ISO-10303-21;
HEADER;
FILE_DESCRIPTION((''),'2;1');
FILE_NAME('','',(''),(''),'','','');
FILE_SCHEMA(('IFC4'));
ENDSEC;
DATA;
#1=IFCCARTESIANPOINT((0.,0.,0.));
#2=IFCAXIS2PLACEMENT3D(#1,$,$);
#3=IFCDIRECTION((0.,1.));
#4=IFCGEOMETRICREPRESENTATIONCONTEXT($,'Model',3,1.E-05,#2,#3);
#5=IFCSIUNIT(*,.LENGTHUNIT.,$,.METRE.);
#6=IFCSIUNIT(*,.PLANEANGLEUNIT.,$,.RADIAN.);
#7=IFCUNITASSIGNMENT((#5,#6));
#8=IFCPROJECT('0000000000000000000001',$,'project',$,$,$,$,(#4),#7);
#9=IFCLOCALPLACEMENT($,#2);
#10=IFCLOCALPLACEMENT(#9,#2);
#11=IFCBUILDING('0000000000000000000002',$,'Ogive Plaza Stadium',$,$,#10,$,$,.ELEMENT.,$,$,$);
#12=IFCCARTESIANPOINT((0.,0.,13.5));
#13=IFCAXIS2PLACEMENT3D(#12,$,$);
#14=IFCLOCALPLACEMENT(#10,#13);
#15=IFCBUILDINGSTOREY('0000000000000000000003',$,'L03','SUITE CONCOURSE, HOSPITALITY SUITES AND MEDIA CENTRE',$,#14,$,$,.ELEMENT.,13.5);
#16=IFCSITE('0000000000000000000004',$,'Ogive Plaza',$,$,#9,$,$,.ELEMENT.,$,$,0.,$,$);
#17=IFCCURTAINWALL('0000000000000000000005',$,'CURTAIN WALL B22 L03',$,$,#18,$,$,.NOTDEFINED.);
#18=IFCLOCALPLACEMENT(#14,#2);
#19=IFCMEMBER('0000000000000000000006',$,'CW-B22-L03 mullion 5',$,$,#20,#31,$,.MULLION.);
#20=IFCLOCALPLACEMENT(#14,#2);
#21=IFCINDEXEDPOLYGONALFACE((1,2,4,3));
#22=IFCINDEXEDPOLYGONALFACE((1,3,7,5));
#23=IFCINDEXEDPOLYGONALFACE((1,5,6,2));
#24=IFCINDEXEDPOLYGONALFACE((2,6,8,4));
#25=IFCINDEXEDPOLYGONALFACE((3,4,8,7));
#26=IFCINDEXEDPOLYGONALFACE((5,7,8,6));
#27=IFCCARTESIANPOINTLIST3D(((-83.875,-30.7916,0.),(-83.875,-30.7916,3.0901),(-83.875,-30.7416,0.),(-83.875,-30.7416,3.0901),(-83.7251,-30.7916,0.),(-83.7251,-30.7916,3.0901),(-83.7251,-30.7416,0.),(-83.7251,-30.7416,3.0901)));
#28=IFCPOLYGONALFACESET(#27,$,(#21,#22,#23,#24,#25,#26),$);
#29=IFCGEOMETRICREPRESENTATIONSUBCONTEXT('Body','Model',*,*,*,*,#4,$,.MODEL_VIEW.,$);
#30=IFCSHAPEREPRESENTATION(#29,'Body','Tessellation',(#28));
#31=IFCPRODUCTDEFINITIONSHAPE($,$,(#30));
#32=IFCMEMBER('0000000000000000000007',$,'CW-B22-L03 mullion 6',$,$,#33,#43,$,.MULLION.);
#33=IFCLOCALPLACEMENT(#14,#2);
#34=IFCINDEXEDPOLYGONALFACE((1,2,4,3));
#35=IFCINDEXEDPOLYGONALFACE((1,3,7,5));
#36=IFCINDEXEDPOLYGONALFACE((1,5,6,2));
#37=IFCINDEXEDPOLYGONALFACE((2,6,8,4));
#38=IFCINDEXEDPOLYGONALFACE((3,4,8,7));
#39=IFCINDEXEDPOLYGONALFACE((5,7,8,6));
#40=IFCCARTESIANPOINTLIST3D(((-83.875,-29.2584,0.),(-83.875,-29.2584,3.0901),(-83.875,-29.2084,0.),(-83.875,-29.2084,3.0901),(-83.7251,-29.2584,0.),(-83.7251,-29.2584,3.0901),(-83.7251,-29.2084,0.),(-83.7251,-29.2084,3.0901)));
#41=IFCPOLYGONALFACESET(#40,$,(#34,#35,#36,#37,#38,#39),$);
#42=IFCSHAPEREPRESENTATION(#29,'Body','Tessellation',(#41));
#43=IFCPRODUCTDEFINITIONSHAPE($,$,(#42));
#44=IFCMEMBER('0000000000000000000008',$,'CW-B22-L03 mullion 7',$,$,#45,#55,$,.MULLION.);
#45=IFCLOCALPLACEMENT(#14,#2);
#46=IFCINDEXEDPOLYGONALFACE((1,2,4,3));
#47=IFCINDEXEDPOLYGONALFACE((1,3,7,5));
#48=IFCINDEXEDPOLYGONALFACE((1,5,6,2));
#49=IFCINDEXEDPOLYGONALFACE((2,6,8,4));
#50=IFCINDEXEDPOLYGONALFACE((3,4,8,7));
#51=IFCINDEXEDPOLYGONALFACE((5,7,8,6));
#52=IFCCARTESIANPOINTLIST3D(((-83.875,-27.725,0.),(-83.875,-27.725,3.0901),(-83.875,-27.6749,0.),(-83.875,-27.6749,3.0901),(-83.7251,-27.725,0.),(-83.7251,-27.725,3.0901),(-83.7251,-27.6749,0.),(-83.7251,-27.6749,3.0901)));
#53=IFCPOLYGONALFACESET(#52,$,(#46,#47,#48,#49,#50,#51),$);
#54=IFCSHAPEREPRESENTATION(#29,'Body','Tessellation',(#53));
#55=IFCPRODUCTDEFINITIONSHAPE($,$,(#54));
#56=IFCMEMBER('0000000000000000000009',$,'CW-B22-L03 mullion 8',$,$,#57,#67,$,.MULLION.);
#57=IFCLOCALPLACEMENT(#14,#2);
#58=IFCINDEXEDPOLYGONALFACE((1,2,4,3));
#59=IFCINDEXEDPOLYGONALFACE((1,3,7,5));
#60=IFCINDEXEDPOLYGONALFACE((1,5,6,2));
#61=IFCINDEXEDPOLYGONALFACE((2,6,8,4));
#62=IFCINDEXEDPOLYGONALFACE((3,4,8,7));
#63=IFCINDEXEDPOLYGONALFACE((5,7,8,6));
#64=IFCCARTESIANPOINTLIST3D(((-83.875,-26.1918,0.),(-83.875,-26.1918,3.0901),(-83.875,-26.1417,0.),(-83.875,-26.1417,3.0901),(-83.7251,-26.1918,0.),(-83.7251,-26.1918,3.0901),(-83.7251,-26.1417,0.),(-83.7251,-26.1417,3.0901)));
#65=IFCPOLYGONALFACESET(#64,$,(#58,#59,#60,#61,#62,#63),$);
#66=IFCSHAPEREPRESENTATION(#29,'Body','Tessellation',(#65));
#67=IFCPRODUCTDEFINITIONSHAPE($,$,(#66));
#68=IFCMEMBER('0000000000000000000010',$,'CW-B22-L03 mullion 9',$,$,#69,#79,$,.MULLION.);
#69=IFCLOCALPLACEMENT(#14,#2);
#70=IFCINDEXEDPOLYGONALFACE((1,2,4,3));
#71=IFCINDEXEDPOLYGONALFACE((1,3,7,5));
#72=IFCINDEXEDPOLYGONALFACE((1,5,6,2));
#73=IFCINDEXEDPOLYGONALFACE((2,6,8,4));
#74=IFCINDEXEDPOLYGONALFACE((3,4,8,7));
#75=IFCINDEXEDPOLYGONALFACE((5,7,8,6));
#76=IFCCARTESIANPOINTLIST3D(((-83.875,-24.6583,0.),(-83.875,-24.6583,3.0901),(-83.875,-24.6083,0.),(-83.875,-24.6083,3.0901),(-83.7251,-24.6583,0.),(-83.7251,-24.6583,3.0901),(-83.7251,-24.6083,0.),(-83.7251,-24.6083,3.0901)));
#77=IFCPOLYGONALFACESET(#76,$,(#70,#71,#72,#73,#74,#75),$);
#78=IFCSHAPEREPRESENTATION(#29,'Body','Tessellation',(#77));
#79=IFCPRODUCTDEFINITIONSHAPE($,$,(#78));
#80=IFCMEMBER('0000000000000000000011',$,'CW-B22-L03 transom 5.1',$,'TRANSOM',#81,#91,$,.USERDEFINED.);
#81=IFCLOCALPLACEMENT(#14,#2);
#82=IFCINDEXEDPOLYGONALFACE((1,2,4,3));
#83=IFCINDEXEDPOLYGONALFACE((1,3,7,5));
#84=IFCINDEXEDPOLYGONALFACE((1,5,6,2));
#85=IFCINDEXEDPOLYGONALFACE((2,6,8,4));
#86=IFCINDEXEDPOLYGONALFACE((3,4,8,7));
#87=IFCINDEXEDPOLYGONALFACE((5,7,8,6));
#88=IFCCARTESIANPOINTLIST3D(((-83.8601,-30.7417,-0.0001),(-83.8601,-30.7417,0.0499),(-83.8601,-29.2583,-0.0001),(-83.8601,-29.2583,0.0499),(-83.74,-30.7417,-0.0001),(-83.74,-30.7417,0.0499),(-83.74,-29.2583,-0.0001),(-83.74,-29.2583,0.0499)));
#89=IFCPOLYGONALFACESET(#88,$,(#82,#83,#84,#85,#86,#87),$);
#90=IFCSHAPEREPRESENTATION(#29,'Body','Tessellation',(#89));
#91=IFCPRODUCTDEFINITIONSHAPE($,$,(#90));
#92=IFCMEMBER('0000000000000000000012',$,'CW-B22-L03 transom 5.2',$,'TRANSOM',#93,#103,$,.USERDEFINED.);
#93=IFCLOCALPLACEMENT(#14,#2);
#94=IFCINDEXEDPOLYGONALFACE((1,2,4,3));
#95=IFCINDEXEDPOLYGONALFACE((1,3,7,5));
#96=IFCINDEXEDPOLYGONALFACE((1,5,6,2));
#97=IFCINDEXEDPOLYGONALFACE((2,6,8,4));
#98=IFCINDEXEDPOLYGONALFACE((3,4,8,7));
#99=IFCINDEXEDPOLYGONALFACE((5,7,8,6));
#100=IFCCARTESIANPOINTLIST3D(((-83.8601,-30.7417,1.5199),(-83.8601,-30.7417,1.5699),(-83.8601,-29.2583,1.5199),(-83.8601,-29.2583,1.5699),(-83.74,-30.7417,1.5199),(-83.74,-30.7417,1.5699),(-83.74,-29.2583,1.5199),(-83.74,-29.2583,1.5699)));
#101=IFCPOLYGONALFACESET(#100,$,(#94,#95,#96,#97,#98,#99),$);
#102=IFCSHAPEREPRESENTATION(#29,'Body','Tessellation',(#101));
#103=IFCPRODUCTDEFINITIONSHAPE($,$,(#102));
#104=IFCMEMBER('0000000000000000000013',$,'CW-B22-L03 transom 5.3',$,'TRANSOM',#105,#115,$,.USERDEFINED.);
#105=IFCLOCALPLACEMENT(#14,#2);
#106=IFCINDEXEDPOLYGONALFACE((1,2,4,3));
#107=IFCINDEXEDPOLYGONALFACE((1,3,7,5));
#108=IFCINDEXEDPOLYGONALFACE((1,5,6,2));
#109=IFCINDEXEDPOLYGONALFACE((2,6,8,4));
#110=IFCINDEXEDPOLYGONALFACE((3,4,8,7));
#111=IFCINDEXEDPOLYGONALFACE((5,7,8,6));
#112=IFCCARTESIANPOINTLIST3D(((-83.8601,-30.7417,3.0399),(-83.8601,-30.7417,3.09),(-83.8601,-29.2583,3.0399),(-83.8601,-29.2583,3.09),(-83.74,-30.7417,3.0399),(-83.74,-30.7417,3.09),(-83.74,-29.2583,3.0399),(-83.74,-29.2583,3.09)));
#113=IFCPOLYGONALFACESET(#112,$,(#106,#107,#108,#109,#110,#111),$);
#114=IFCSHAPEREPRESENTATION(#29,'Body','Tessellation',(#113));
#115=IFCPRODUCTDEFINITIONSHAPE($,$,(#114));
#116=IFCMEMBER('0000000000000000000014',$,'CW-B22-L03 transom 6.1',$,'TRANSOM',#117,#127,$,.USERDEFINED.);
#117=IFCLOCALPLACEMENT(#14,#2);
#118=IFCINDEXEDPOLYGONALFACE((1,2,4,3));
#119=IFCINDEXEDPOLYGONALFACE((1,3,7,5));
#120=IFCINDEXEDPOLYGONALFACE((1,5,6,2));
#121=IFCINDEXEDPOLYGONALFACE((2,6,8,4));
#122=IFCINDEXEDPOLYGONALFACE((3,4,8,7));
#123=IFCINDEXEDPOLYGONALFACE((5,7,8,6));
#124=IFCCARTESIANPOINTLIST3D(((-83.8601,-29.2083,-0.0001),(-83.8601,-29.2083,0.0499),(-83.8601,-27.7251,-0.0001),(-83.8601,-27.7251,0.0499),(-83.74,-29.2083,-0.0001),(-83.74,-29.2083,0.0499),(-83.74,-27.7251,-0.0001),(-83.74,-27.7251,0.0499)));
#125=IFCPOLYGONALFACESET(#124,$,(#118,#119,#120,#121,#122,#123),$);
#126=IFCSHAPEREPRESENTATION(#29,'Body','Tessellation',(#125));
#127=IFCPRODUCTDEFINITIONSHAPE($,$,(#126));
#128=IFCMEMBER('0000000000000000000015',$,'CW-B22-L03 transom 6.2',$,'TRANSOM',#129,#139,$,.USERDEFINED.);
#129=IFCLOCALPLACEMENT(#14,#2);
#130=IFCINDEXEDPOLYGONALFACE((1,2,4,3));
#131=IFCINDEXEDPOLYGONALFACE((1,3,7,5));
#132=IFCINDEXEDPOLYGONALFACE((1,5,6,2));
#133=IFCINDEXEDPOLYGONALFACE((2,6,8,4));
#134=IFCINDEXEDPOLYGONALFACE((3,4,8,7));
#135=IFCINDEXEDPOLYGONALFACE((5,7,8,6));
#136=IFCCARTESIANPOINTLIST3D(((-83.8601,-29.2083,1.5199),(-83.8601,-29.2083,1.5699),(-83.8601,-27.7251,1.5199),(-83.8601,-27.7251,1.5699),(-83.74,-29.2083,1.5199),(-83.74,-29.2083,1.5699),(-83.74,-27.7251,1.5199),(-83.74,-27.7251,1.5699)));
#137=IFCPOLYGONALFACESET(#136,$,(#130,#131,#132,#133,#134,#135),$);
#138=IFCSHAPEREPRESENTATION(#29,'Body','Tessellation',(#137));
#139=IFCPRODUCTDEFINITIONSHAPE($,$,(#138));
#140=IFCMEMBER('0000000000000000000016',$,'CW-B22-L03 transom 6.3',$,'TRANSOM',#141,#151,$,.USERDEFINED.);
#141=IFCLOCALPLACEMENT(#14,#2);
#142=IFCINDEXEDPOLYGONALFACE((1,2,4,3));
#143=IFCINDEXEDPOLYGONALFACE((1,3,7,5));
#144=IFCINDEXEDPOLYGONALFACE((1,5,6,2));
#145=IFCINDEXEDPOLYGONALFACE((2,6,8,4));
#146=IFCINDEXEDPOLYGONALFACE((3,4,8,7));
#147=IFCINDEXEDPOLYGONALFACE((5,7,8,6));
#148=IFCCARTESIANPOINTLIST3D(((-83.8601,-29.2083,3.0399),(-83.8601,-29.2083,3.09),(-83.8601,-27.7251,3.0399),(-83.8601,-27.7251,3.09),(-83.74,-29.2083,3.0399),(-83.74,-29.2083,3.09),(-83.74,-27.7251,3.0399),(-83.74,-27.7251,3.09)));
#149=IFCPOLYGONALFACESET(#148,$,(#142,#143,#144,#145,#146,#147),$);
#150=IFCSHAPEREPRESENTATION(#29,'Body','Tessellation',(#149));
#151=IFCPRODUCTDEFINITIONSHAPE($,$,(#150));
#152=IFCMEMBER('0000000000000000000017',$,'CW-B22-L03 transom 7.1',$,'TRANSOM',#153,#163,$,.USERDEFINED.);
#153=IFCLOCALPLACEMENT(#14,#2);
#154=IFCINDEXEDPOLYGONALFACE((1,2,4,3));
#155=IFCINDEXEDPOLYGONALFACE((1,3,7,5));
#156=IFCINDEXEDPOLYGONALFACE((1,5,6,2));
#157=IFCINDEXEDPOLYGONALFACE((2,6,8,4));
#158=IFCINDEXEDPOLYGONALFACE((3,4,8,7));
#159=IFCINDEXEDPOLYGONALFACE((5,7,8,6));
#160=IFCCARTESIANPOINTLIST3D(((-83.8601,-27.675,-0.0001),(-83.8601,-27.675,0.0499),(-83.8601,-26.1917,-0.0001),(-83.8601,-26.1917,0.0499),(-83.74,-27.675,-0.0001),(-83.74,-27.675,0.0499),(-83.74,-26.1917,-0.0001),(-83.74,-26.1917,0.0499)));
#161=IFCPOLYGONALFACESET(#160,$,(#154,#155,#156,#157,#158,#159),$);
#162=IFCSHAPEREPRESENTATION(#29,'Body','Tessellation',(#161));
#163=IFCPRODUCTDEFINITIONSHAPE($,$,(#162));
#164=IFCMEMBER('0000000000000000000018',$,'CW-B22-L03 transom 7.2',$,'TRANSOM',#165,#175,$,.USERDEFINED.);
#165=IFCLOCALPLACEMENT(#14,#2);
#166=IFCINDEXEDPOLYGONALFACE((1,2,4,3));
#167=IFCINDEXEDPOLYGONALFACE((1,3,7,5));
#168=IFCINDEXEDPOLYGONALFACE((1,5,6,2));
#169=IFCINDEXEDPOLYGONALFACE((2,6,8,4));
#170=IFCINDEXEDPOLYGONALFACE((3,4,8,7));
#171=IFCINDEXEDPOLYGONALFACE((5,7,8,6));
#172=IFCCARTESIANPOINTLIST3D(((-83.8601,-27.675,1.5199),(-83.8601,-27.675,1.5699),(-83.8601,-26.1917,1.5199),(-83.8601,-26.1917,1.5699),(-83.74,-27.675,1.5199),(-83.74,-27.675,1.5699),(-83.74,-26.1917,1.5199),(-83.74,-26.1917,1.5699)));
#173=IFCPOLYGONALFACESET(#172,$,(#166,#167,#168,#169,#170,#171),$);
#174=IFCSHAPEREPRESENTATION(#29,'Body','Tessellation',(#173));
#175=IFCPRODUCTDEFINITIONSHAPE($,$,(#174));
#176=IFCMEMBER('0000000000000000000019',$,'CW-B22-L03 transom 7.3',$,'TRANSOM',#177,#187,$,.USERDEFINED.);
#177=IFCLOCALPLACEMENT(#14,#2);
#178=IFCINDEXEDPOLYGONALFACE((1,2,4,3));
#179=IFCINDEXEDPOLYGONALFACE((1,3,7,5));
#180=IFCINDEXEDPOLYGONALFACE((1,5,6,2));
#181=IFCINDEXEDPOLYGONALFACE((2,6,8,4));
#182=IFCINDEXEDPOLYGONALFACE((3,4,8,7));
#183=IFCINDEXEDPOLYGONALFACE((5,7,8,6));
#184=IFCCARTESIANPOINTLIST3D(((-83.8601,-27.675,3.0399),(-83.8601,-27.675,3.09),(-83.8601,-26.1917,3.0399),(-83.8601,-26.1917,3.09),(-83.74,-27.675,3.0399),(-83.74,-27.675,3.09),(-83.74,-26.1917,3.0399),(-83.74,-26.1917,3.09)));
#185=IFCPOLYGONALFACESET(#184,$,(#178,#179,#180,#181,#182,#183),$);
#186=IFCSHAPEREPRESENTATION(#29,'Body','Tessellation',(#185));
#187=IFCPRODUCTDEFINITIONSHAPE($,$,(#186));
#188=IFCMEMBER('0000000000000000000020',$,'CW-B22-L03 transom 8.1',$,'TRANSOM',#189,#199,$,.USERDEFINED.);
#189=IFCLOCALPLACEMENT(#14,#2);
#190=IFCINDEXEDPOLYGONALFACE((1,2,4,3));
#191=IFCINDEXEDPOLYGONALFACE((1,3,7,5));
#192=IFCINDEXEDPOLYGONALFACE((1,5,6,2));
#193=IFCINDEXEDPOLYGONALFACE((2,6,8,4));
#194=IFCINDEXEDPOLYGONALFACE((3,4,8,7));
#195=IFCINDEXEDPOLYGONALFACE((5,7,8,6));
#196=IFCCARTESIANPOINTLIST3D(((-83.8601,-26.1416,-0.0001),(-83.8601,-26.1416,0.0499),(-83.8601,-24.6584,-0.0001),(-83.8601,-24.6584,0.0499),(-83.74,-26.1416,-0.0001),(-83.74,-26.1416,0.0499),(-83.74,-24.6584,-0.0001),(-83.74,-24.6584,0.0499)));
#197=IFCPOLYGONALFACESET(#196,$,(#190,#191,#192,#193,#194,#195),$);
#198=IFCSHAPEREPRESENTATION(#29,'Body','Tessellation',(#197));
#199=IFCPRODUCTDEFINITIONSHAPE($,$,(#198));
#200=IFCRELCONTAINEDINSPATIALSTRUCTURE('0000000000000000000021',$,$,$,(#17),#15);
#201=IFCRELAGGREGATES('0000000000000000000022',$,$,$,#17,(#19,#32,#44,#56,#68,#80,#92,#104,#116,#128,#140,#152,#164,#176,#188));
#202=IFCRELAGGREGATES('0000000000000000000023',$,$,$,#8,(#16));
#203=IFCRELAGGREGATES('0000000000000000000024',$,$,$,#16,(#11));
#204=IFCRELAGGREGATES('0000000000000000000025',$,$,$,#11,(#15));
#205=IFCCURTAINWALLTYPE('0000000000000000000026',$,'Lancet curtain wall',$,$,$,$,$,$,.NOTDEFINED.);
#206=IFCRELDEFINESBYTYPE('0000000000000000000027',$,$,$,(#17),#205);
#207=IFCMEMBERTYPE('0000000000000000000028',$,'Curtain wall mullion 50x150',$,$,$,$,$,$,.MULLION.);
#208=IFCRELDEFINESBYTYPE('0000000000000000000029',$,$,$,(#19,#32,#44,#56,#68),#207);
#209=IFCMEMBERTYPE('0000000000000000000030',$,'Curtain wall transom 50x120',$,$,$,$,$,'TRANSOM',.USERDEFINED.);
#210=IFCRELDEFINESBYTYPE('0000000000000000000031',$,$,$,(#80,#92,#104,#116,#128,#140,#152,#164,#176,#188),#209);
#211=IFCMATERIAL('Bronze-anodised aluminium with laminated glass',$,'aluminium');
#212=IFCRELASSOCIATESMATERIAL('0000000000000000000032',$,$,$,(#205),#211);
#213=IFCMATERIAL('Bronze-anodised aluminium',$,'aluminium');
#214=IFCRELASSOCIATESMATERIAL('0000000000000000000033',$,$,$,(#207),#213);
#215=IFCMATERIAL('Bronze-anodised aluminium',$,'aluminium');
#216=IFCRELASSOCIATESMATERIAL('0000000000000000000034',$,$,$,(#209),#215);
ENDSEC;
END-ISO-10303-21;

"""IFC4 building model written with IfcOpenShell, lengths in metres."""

from ifc_helpers import new_model, si_unit, direction, frame, origin, origin_2d, place, context, subcontext, project, spatial, rectangle, extrude, material, material_profile, profile_set, type_object, element, aggregate, save


model = new_model("IFC4")

# Units and contexts
model_context = context("Model", 3, precision=1e-05, world=origin(), true_north=direction((0.0, 1.0)))
body_context = subcontext(model_context, "Body", "Model", "MODEL_VIEW")
ifc_project = project(units=[si_unit("LENGTHUNIT", "METRE"), si_unit("PLANEANGLEUNIT", "RADIAN")], contexts=[model_context])

# Site, building, storey
site_placement = place(None, origin())
site = spatial("IfcSite", under=ifc_project, at=site_placement, Name="Ogive Plaza", CompositionType="ELEMENT", RefElevation=0.0)
building_placement = place(site_placement, origin())
building = spatial("IfcBuilding", under=site, at=building_placement, Name="Ogive Plaza Stadium", CompositionType="ELEMENT")
storey_placement = place(building_placement, frame((0.0, 0.0, 13.5)))
storey = spatial("IfcBuildingStorey", under=building, at=storey_placement, Name="L03", Description="SUITE CONCOURSE, HOSPITALITY SUITES AND MEDIA CENTRE", CompositionType="ELEMENT", Elevation=13.5)

# Curtain wall, members
ifc_material_1 = material(Name="Bronze-anodised aluminium with laminated glass", Category="aluminium")
curtain_wall_type = type_object("IfcCurtainWallType", Name="Lancet curtain wall", PredefinedType="NOTDEFINED", material=ifc_material_1)
curtain_wall_placement = place(storey_placement, origin())
curtain_wall = element("IfcCurtainWall", 1, at=curtain_wall_placement, inside=storey, type_object=curtain_wall_type, Name="CURTAIN WALL B22 L03", PredefinedType="NOTDEFINED")
ifc_material_2 = material(Name="Bronze-anodised aluminium", Category="aluminium")
ifc_material_profile_1 = material_profile(ifc_material_2, rectangle(XDim=0.1499, YDim=0.05, at=origin_2d()), Name="AL 150x50")
ifc_profile_set_1 = profile_set([ifc_material_profile_1], Name="Bronze-anodised aluminium")
member_type_1 = type_object("IfcMemberType", Name="Curtain wall mullion 50x150", PredefinedType="MULLION", material=ifc_profile_set_1)
member_1_placement = place(storey_placement, frame((-83.8, -30.7666, 0.0), z_axis=(0.0, 0.0, 1.0), x_axis=(-1.0, 0.0, 0.0)))
member_1 = element("IfcMember", 2, at=member_1_placement, type_object=member_type_1, Name="CW-B22-L03 mullion 5", PredefinedType="MULLION", context=body_context, shape_type="SweptSolid", body=[
    extrude(rectangle(XDim=0.1499, YDim=0.05, at=origin_2d()), origin(), (0.0, 0.0, 1.0), 3.0901),
])
member_2_placement = place(storey_placement, frame((-83.8, -29.2334, 0.0), z_axis=(0.0, 0.0, 1.0), x_axis=(-1.0, 0.0, 0.0)))
member_2 = element("IfcMember", 3, at=member_2_placement, type_object=member_type_1, Name="CW-B22-L03 mullion 6", PredefinedType="MULLION", context=body_context, shape_type="SweptSolid", body=[
    extrude(rectangle(XDim=0.1499, YDim=0.05, at=origin_2d()), origin(), (0.0, 0.0, 1.0), 3.0901),
])
member_3_placement = place(storey_placement, frame((-83.8, -27.7, 0.0), z_axis=(0.0, 0.0, 1.0), x_axis=(-1.0, 0.0, 0.0)))
member_3 = element("IfcMember", 4, at=member_3_placement, type_object=member_type_1, Name="CW-B22-L03 mullion 7", PredefinedType="MULLION", context=body_context, shape_type="SweptSolid", body=[
    extrude(rectangle(XDim=0.1499, YDim=0.05, at=origin_2d()), origin(), (0.0, 0.0, 1.0), 3.0901),
])
member_4_placement = place(storey_placement, frame((-83.8, -26.1667, 0.0), z_axis=(0.0, 0.0, 1.0), x_axis=(-1.0, 0.0, 0.0)))
member_4 = element("IfcMember", 5, at=member_4_placement, type_object=member_type_1, Name="CW-B22-L03 mullion 8", PredefinedType="MULLION", context=body_context, shape_type="SweptSolid", body=[
    extrude(rectangle(XDim=0.1499, YDim=0.05, at=origin_2d()), origin(), (0.0, 0.0, 1.0), 3.0901),
])
member_5_placement = place(storey_placement, frame((-83.8, -24.6333, 0.0), z_axis=(0.0, 0.0, 1.0), x_axis=(-1.0, 0.0, 0.0)))
member_5 = element("IfcMember", 6, at=member_5_placement, type_object=member_type_1, Name="CW-B22-L03 mullion 9", PredefinedType="MULLION", context=body_context, shape_type="SweptSolid", body=[
    extrude(rectangle(XDim=0.1499, YDim=0.05, at=origin_2d()), origin(), (0.0, 0.0, 1.0), 3.0901),
])
ifc_material_3 = material(Name="Bronze-anodised aluminium", Category="aluminium")
ifc_material_profile_2 = material_profile(ifc_material_3, rectangle(XDim=0.1201, YDim=0.05, at=origin_2d()), Name="AL 120x50")
ifc_profile_set_2 = profile_set([ifc_material_profile_2], Name="Bronze-anodised aluminium")
member_type_2 = type_object("IfcMemberType", Name="Curtain wall transom 50x120", ElementType="TRANSOM", PredefinedType="USERDEFINED", material=ifc_profile_set_2)
member_6_placement = place(storey_placement, frame((-83.8, -30.7417, 0.0249), z_axis=(0.0, 1.0, 0.0), x_axis=(-1.0, 0.0, 0.0)))
member_6 = element("IfcMember", 7, at=member_6_placement, type_object=member_type_2, Name="CW-B22-L03 transom 5.1", ObjectType="TRANSOM", PredefinedType="USERDEFINED", context=body_context, shape_type="SweptSolid", body=[
    extrude(rectangle(XDim=0.1201, YDim=0.05, at=origin_2d()), origin(), (0.0, 0.0, 1.0), 1.4834),
])
member_7_placement = place(storey_placement, frame((-83.8, -30.7417, 1.5449), z_axis=(0.0, 1.0, 0.0), x_axis=(-1.0, 0.0, 0.0)))
member_7 = element("IfcMember", 8, at=member_7_placement, type_object=member_type_2, Name="CW-B22-L03 transom 5.2", ObjectType="TRANSOM", PredefinedType="USERDEFINED", context=body_context, shape_type="SweptSolid", body=[
    extrude(rectangle(XDim=0.1201, YDim=0.05, at=origin_2d()), origin(), (0.0, 0.0, 1.0), 1.4834),
])
member_8_placement = place(storey_placement, frame((-83.8, -30.7417, 3.0649), z_axis=(0.0, 1.0, 0.0), x_axis=(-1.0, 0.0, 0.0)))
member_8 = element("IfcMember", 9, at=member_8_placement, type_object=member_type_2, Name="CW-B22-L03 transom 5.3", ObjectType="TRANSOM", PredefinedType="USERDEFINED", context=body_context, shape_type="SweptSolid", body=[
    extrude(rectangle(XDim=0.1201, YDim=0.05, at=origin_2d()), origin(), (0.0, 0.0, 1.0), 1.4834),
])
member_9_placement = place(storey_placement, frame((-83.8, -29.2083, 0.0249), z_axis=(0.0, 1.0, 0.0), x_axis=(-1.0, 0.0, 0.0)))
member_9 = element("IfcMember", 10, at=member_9_placement, type_object=member_type_2, Name="CW-B22-L03 transom 6.1", ObjectType="TRANSOM", PredefinedType="USERDEFINED", context=body_context, shape_type="SweptSolid", body=[
    extrude(rectangle(XDim=0.1201, YDim=0.05, at=origin_2d()), origin(), (0.0, 0.0, 1.0), 1.4832),
])
member_10_placement = place(storey_placement, frame((-83.8, -29.2083, 1.5449), z_axis=(0.0, 1.0, 0.0), x_axis=(-1.0, 0.0, 0.0)))
member_10 = element("IfcMember", 11, at=member_10_placement, type_object=member_type_2, Name="CW-B22-L03 transom 6.2", ObjectType="TRANSOM", PredefinedType="USERDEFINED", context=body_context, shape_type="SweptSolid", body=[
    extrude(rectangle(XDim=0.1201, YDim=0.05, at=origin_2d()), origin(), (0.0, 0.0, 1.0), 1.4832),
])
member_11_placement = place(storey_placement, frame((-83.8, -29.2083, 3.0649), z_axis=(0.0, 1.0, 0.0), x_axis=(-1.0, 0.0, 0.0)))
member_11 = element("IfcMember", 12, at=member_11_placement, type_object=member_type_2, Name="CW-B22-L03 transom 6.3", ObjectType="TRANSOM", PredefinedType="USERDEFINED", context=body_context, shape_type="SweptSolid", body=[
    extrude(rectangle(XDim=0.1201, YDim=0.05, at=origin_2d()), origin(), (0.0, 0.0, 1.0), 1.4832),
])
member_12_placement = place(storey_placement, frame((-83.8, -27.675, 0.0249), z_axis=(0.0, 1.0, 0.0), x_axis=(-1.0, 0.0, 0.0)))
member_12 = element("IfcMember", 13, at=member_12_placement, type_object=member_type_2, Name="CW-B22-L03 transom 7.1", ObjectType="TRANSOM", PredefinedType="USERDEFINED", context=body_context, shape_type="SweptSolid", body=[
    extrude(rectangle(XDim=0.1201, YDim=0.05, at=origin_2d()), origin(), (0.0, 0.0, 1.0), 1.4834),
])
member_13_placement = place(storey_placement, frame((-83.8, -27.675, 1.5449), z_axis=(0.0, 1.0, 0.0), x_axis=(-1.0, 0.0, 0.0)))
member_13 = element("IfcMember", 14, at=member_13_placement, type_object=member_type_2, Name="CW-B22-L03 transom 7.2", ObjectType="TRANSOM", PredefinedType="USERDEFINED", context=body_context, shape_type="SweptSolid", body=[
    extrude(rectangle(XDim=0.1201, YDim=0.05, at=origin_2d()), origin(), (0.0, 0.0, 1.0), 1.4834),
])
member_14_placement = place(storey_placement, frame((-83.8, -27.675, 3.0649), z_axis=(0.0, 1.0, 0.0), x_axis=(-1.0, 0.0, 0.0)))
member_14 = element("IfcMember", 15, at=member_14_placement, type_object=member_type_2, Name="CW-B22-L03 transom 7.3", ObjectType="TRANSOM", PredefinedType="USERDEFINED", context=body_context, shape_type="SweptSolid", body=[
    extrude(rectangle(XDim=0.1201, YDim=0.05, at=origin_2d()), origin(), (0.0, 0.0, 1.0), 1.4834),
])
member_15_placement = place(storey_placement, frame((-83.8, -26.1416, 0.0249), z_axis=(0.0, 1.0, 0.0), x_axis=(-1.0, 0.0, 0.0)))
member_15 = element("IfcMember", 16, at=member_15_placement, type_object=member_type_2, Name="CW-B22-L03 transom 8.1", ObjectType="TRANSOM", PredefinedType="USERDEFINED", context=body_context, shape_type="SweptSolid", body=[
    extrude(rectangle(XDim=0.1201, YDim=0.05, at=origin_2d()), origin(), (0.0, 0.0, 1.0), 1.4832),
])
aggregate(curtain_wall, [member_1, member_2, member_3, member_4, member_5, member_6, member_7, member_8, member_9, member_10, member_11, member_12, member_13, member_14, member_15])

save(model, "model.ifc")
